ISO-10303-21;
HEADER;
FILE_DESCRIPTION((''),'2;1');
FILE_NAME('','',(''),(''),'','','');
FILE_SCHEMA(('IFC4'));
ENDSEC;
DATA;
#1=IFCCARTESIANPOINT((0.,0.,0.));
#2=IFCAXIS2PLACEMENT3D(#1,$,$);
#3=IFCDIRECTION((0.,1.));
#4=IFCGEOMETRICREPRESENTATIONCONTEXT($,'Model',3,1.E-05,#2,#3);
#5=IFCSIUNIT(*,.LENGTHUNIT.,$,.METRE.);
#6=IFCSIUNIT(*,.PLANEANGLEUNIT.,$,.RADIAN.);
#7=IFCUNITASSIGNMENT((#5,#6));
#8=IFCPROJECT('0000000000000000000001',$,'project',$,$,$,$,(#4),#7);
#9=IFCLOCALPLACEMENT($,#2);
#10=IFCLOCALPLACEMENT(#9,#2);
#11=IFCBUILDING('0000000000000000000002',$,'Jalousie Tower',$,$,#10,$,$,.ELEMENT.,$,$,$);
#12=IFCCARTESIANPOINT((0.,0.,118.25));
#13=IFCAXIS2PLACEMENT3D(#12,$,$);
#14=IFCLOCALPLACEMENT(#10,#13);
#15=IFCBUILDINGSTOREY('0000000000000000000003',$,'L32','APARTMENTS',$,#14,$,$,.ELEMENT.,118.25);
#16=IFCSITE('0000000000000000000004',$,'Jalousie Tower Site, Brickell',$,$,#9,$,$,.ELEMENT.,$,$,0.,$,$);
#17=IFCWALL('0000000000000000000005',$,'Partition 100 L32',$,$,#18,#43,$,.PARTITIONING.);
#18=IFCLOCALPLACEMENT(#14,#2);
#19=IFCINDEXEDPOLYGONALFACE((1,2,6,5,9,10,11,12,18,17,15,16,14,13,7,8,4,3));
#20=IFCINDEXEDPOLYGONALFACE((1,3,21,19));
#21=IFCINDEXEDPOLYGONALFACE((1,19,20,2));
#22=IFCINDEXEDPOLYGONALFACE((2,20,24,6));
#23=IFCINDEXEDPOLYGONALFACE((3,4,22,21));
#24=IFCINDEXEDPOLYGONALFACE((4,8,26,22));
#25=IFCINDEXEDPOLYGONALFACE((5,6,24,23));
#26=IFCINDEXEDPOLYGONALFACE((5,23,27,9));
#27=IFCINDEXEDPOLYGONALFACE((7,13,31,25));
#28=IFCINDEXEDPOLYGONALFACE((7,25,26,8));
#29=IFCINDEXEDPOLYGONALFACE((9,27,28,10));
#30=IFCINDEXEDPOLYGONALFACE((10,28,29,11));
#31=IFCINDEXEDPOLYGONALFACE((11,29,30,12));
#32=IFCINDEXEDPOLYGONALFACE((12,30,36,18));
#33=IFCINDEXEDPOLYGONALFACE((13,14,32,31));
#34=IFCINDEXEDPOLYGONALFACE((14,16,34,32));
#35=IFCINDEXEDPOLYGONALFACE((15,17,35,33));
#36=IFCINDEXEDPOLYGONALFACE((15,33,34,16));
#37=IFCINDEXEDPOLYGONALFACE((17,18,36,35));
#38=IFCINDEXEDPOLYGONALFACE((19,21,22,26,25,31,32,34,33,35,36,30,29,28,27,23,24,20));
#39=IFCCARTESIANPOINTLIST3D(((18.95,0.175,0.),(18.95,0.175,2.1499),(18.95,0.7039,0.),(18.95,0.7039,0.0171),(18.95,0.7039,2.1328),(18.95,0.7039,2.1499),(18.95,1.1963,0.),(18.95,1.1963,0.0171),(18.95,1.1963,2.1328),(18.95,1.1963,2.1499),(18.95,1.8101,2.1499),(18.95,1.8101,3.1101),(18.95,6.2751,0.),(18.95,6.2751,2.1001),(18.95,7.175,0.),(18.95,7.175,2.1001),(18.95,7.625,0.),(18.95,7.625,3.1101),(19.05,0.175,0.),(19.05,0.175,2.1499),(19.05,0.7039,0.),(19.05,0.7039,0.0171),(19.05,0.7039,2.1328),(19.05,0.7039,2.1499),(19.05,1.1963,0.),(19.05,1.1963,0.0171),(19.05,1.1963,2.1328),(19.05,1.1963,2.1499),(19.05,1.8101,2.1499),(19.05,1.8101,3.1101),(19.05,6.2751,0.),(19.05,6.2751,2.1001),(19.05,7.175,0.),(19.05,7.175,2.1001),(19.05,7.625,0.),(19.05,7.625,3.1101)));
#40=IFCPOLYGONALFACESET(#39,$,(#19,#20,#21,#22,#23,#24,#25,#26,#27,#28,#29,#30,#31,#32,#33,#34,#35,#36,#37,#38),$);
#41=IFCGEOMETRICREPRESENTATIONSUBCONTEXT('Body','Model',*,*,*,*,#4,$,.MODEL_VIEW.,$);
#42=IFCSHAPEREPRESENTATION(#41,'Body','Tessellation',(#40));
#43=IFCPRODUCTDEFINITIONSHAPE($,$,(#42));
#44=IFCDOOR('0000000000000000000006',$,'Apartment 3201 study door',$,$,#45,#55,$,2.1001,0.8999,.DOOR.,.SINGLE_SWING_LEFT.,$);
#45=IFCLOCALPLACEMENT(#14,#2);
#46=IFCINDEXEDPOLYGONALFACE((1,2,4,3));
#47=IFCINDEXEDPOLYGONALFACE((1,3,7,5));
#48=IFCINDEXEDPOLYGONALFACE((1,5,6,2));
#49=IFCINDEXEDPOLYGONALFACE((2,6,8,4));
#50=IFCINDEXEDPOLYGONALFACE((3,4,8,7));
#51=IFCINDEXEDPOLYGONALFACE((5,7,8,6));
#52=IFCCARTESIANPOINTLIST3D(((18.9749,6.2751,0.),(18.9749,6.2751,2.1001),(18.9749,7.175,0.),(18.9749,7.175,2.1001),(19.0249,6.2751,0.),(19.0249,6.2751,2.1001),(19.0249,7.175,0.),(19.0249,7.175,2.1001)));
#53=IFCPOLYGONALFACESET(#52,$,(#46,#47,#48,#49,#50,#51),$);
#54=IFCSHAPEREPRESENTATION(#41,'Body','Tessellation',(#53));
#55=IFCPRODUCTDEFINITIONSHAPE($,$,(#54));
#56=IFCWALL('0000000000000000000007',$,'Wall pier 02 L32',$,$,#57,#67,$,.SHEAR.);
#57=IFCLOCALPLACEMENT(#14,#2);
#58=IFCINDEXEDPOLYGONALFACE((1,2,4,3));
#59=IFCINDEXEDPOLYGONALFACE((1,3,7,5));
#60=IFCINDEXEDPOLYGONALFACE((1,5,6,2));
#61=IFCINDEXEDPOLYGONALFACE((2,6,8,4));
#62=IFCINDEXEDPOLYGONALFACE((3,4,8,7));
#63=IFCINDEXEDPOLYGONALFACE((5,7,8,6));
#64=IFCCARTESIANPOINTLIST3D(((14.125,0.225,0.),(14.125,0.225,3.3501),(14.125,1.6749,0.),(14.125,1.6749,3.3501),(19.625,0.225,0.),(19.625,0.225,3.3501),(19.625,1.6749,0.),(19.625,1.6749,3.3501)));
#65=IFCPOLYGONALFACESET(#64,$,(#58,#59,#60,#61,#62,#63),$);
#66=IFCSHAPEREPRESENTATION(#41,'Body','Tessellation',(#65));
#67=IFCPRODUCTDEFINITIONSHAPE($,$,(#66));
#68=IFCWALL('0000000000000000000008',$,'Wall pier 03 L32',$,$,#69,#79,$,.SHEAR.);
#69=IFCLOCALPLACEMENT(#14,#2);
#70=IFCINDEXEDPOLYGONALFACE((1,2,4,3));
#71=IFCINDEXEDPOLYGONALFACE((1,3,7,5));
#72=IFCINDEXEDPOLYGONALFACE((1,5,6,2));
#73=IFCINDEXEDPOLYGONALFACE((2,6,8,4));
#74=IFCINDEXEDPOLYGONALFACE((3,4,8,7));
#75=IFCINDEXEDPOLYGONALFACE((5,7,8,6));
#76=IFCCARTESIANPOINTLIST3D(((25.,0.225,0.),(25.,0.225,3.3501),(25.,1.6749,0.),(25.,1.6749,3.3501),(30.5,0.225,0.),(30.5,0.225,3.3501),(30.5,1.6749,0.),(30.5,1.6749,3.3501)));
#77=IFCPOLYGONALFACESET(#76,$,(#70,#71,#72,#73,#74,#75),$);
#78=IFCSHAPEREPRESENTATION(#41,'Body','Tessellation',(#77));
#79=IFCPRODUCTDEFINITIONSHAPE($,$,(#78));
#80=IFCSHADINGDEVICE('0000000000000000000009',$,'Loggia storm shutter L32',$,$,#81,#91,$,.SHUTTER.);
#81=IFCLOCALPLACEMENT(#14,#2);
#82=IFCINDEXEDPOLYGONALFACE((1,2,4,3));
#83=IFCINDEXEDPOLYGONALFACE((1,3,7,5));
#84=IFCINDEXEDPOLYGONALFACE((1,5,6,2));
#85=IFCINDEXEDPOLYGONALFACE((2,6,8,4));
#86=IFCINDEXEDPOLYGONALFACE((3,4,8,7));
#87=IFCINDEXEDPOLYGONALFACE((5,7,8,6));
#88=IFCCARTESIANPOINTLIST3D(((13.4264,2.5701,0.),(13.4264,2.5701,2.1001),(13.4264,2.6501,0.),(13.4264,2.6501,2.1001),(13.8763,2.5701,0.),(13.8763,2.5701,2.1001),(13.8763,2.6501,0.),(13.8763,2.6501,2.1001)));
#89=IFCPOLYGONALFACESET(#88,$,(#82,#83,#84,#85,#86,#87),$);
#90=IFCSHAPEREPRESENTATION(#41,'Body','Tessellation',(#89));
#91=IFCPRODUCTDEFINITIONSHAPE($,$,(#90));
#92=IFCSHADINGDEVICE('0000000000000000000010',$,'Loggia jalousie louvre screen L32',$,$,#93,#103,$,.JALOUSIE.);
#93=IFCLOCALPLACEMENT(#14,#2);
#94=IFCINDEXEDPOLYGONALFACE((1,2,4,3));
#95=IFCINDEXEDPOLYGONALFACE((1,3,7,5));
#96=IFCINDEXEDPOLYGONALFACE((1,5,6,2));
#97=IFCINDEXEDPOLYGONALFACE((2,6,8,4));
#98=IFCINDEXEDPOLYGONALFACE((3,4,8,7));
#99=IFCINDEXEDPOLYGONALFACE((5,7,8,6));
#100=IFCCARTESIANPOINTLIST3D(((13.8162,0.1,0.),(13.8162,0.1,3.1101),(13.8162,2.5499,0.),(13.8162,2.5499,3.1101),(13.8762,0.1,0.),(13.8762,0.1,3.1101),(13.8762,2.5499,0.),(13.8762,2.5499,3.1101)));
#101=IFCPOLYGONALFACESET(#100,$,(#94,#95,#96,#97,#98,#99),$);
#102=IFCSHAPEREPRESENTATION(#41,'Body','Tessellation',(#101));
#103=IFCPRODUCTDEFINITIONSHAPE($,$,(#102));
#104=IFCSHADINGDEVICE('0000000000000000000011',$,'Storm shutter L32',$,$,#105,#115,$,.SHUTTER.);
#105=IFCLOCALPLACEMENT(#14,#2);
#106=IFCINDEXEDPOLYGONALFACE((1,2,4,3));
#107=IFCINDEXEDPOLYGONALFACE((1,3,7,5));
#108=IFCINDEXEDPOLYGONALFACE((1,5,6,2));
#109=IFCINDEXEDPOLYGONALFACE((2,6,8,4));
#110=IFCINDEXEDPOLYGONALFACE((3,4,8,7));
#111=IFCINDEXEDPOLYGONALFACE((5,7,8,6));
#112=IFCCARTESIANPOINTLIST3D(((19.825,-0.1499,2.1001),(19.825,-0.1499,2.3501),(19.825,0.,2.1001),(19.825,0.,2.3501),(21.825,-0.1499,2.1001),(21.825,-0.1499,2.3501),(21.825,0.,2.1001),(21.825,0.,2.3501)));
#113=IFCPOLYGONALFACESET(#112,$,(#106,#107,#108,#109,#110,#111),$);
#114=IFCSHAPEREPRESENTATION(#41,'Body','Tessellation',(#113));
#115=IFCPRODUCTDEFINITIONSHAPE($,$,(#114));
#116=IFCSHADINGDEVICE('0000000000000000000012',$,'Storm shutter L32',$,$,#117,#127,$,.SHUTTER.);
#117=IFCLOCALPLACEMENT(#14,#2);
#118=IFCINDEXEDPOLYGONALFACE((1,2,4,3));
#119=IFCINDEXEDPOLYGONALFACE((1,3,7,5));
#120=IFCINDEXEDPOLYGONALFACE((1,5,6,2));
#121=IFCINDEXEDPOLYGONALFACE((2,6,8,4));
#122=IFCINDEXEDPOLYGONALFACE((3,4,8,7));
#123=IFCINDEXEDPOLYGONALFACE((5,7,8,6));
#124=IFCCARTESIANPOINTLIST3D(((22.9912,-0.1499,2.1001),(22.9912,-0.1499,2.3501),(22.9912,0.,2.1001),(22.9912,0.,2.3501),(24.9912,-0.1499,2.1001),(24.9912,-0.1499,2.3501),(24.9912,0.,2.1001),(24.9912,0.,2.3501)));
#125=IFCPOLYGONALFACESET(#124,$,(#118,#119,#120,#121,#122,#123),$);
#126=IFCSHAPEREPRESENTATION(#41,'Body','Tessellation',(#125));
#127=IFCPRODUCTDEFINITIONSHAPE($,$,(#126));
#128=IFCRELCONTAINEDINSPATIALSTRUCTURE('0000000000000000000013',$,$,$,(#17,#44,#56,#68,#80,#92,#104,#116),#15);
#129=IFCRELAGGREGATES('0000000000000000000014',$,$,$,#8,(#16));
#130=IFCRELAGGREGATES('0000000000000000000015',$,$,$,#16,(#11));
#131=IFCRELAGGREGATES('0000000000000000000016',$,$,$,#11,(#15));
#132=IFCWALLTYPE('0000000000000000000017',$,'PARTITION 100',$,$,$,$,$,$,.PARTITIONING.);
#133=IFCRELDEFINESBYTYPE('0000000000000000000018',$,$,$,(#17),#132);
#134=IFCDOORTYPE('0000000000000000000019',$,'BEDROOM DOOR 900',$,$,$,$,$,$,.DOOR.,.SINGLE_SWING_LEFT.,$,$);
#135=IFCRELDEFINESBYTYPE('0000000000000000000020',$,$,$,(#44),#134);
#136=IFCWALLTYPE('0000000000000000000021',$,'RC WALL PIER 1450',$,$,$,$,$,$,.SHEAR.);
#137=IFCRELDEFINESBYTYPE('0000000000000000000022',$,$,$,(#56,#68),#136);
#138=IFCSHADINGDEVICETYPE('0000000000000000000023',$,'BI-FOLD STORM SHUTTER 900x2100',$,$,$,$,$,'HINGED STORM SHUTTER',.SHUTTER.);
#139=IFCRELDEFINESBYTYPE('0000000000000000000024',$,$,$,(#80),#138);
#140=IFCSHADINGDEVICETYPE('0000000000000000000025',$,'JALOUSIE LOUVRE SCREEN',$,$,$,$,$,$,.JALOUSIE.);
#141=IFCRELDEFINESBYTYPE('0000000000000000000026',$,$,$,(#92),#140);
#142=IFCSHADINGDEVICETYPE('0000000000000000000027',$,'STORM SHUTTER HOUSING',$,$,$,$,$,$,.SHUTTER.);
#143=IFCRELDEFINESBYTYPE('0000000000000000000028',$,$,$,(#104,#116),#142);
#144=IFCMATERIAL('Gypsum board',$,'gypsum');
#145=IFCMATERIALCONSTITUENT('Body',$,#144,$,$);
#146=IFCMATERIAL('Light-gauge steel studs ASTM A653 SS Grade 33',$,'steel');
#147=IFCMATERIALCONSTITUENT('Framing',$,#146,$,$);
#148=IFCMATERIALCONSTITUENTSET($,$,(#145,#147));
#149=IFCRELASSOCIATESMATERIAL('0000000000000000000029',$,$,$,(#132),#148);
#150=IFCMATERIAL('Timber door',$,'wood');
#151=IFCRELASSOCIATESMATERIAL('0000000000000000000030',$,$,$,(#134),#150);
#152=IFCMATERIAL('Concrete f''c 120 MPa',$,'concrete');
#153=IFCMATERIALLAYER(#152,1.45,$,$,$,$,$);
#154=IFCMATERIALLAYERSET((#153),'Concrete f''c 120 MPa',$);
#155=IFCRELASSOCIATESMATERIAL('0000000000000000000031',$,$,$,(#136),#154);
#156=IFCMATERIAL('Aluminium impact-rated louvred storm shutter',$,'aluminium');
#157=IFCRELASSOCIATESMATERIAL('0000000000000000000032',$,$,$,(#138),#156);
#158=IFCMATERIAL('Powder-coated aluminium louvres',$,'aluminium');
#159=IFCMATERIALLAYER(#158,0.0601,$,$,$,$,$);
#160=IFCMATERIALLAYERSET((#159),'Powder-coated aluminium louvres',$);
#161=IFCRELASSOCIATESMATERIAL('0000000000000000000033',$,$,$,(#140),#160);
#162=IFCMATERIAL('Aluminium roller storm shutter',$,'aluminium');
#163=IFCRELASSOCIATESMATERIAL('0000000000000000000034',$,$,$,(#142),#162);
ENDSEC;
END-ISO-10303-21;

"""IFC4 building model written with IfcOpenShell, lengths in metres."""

from ifc_helpers import new_model, si_unit, direction, frame, frame_2d, origin, origin_2d, place, context, subcontext, project, spatial, polyline, rectangle, outline, extrude, material, layer, layer_set, constituent, constituent_set, type_object, element, fill, save


model = new_model("IFC4")

# Units and contexts
model_context = context("Model", 3, precision=1e-05, world=origin(), true_north=direction((0.0, 1.0)))
body_context = subcontext(model_context, "Body", "Model", "MODEL_VIEW")
ifc_project = project(units=[si_unit("LENGTHUNIT", "METRE"), si_unit("PLANEANGLEUNIT", "RADIAN")], contexts=[model_context])

# Site, building, storey
site_placement = place(None, origin())
site = spatial("IfcSite", under=ifc_project, at=site_placement, Name="Jalousie Tower Site, Brickell", CompositionType="ELEMENT", RefElevation=0.0)
building_placement = place(site_placement, origin())
building = spatial("IfcBuilding", under=site, at=building_placement, Name="Jalousie Tower", CompositionType="ELEMENT")
storey_placement = place(building_placement, frame((0.0, 0.0, 118.25)))
storey = spatial("IfcBuildingStorey", under=building, at=storey_placement, Name="L32", Description="APARTMENTS", CompositionType="ELEMENT", Elevation=118.25)

# Wall, opening, door
ifc_material_1 = material(Name="Gypsum board", Category="gypsum")
ifc_constituent_1 = constituent(ifc_material_1, Name="Body")
ifc_material_2 = material(Name="Light-gauge steel studs ASTM A653 SS Grade 33", Category="steel")
ifc_constituent_2 = constituent(ifc_material_2, Name="Framing")
ifc_constituent_set_1 = constituent_set(constituents=[ifc_constituent_1, ifc_constituent_2])
wall_type_1 = type_object("IfcWallType", Name="PARTITION 100", PredefinedType="PARTITIONING", material=ifc_constituent_set_1)
ifc_material_3 = material(Name="Timber door", Category="wood")
door_type = type_object("IfcDoorType", Name="BEDROOM DOOR 900", OperationType="SINGLE_SWING_LEFT", PredefinedType="DOOR", material=ifc_material_3)
wall_1_placement = place(storey_placement, frame((19.0, 0.175, 0.0), z_axis=(0.0, 0.0, 1.0), x_axis=(0.0, 1.0, 0.0)))
wall_1 = element("IfcWall", 1, at=wall_1_placement, inside=storey, type_object=wall_type_1, Name="Partition 100 L32", PredefinedType="PARTITIONING", context=body_context, shape_type="SweptSolid", body=[
    extrude(outline(polyline([(0.5288, 2.1499), (0.0, 2.1499), (0.0, 0.0), (0.5288, 0.0), (0.5288, 0.0171), (1.0212, 0.0171), (1.0212, 0.0), (7.45, 0.0), (7.45, 3.1101), (1.635, 3.1101), (1.635, 2.1499), (1.0212, 2.1499), (1.0212, 2.1328), (0.5288, 2.1328), (0.5288, 2.1499)])), frame((0.0, 0.05, 0.0), z_axis=(0.0, -1.0, 0.0), x_axis=(1.0, 0.0, 0.0)), (0.0, 0.0, 1.0), 0.1001),
])
opening_1_placement = place(wall_1_placement, frame((6.1001, 0.0, 0.0)))
opening_1 = element("IfcOpeningElement", 2, at=opening_1_placement, cuts=wall_1, PredefinedType="OPENING", context=body_context, shape_type="SweptSolid", body=[
    extrude(rectangle(XDim=0.8999, YDim=2.1001, at=frame_2d((0.45, 1.05))), frame((0.0, 0.0601, 0.0), z_axis=(0.0, -1.0, 0.0), x_axis=(1.0, 0.0, 0.0)), (0.0, 0.0, 1.0), 0.1201),
])
door_1_placement = place(opening_1_placement, frame((0.8999, 0.0, 0.0), z_axis=(0.0, 0.0, 1.0), x_axis=(-1.0, 0.0, 0.0)))
door_1 = element("IfcDoor", 3, at=door_1_placement, inside=storey, type_object=door_type, Name="Apartment 3201 study door", OperationType="SINGLE_SWING_LEFT", OverallHeight=2.1001, OverallWidth=0.8999, PredefinedType="DOOR", context=body_context, shape_type="SweptSolid", body=[
    extrude(rectangle(XDim=0.8999, YDim=2.1001, at=frame_2d((0.45, 1.05))), frame((0.0, 0.0249, 0.0), z_axis=(0.0, -1.0, 0.0), x_axis=(1.0, 0.0, 0.0)), (0.0, 0.0, 1.0), 0.05),
])
fill(opening_1, door_1)

# Walls
ifc_material_4 = material(Name="Concrete f'c 120 MPa", Category="concrete")
ifc_layer_1 = layer(ifc_material_4, 1.45)
ifc_layer_set_1 = layer_set([ifc_layer_1], Name="Concrete f'c 120 MPa")
wall_type_2 = type_object("IfcWallType", Name="RC WALL PIER 1450", PredefinedType="SHEAR", material=ifc_layer_set_1)
for number, where, z_axis, x_axis, name in (
    (4, (14.125, 0.95, 0.0), (0.0, 0.0, 1.0), (1.0, 0.0, 0.0), "Wall pier 02 L32"),
    (5, (25.0, 0.95, 0.0), (0.0, 0.0, 1.0), (1.0, 0.0, 0.0), "Wall pier 03 L32"),
):
    element("IfcWall", number, at=place(storey_placement, frame(where, z_axis=z_axis, x_axis=x_axis)), inside=storey, type_object=wall_type_2, Name=name, PredefinedType="SHEAR", context=body_context, shape_type="SweptSolid", body=[
        extrude(rectangle(XDim=5.5, YDim=1.45, at=frame_2d((2.75, 0.0))), origin(), (0.0, 0.0, 1.0), 3.3501),
    ])

# Shading devices
ifc_material_5 = material(Name="Aluminium impact-rated louvred storm shutter", Category="aluminium")
shading_device_type_1 = type_object("IfcShadingDeviceType", Name="BI-FOLD STORM SHUTTER 900x2100", ElementType="HINGED STORM SHUTTER", PredefinedType="SHUTTER", material=ifc_material_5)
shading_device_1_placement = place(storey_placement, frame((13.6514, 2.6101, 0.0), z_axis=(0.0, 0.0, 1.0), x_axis=(1.0, 0.0, 0.0)))
element("IfcShadingDevice", 6, at=shading_device_1_placement, inside=storey, type_object=shading_device_type_1, Name="Loggia storm shutter L32", PredefinedType="SHUTTER", context=body_context, shape_type="SweptSolid", body=[
    extrude(rectangle(XDim=0.45, YDim=0.0801, at=origin_2d()), origin(), (0.0, 0.0, 1.0), 2.1001),
])
ifc_material_6 = material(Name="Powder-coated aluminium louvres", Category="aluminium")
ifc_layer_2 = layer(ifc_material_6, 0.0601)
ifc_layer_set_2 = layer_set([ifc_layer_2], Name="Powder-coated aluminium louvres")
shading_device_type_2 = type_object("IfcShadingDeviceType", Name="JALOUSIE LOUVRE SCREEN", PredefinedType="JALOUSIE", material=ifc_layer_set_2)
shading_device_2_placement = place(storey_placement, frame((13.8462, 1.325, 0.0), z_axis=(0.0, 0.0, 1.0), x_axis=(1.0, 0.0, 0.0)))
element("IfcShadingDevice", 7, at=shading_device_2_placement, inside=storey, type_object=shading_device_type_2, Name="Loggia jalousie louvre screen L32", PredefinedType="JALOUSIE", context=body_context, shape_type="SweptSolid", body=[
    extrude(rectangle(XDim=0.0601, YDim=2.45, at=origin_2d()), origin(), (0.0, 0.0, 1.0), 3.1101),
])
ifc_material_7 = material(Name="Aluminium roller storm shutter", Category="aluminium")
shading_device_type_3 = type_object("IfcShadingDeviceType", Name="STORM SHUTTER HOUSING", PredefinedType="SHUTTER", material=ifc_material_7)
for number, where, z_axis, x_axis, name in (
    (8, (20.825, -0.075, 2.1001), (0.0, 0.0, 1.0), (1.0, 0.0, 0.0), "Storm shutter L32"),
    (9, (23.9912, -0.075, 2.1001), (0.0, 0.0, 1.0), (1.0, 0.0, 0.0), "Storm shutter L32"),
):
    element("IfcShadingDevice", number, at=place(storey_placement, frame(where, z_axis=z_axis, x_axis=x_axis)), inside=storey, type_object=shading_device_type_3, Name=name, PredefinedType="SHUTTER", context=body_context, shape_type="SweptSolid", body=[
        extrude(rectangle(XDim=2.0, YDim=0.1499, at=origin_2d()), origin(), (0.0, 0.0, 1.0), 0.25),
    ])

save(model, "model.ifc")
